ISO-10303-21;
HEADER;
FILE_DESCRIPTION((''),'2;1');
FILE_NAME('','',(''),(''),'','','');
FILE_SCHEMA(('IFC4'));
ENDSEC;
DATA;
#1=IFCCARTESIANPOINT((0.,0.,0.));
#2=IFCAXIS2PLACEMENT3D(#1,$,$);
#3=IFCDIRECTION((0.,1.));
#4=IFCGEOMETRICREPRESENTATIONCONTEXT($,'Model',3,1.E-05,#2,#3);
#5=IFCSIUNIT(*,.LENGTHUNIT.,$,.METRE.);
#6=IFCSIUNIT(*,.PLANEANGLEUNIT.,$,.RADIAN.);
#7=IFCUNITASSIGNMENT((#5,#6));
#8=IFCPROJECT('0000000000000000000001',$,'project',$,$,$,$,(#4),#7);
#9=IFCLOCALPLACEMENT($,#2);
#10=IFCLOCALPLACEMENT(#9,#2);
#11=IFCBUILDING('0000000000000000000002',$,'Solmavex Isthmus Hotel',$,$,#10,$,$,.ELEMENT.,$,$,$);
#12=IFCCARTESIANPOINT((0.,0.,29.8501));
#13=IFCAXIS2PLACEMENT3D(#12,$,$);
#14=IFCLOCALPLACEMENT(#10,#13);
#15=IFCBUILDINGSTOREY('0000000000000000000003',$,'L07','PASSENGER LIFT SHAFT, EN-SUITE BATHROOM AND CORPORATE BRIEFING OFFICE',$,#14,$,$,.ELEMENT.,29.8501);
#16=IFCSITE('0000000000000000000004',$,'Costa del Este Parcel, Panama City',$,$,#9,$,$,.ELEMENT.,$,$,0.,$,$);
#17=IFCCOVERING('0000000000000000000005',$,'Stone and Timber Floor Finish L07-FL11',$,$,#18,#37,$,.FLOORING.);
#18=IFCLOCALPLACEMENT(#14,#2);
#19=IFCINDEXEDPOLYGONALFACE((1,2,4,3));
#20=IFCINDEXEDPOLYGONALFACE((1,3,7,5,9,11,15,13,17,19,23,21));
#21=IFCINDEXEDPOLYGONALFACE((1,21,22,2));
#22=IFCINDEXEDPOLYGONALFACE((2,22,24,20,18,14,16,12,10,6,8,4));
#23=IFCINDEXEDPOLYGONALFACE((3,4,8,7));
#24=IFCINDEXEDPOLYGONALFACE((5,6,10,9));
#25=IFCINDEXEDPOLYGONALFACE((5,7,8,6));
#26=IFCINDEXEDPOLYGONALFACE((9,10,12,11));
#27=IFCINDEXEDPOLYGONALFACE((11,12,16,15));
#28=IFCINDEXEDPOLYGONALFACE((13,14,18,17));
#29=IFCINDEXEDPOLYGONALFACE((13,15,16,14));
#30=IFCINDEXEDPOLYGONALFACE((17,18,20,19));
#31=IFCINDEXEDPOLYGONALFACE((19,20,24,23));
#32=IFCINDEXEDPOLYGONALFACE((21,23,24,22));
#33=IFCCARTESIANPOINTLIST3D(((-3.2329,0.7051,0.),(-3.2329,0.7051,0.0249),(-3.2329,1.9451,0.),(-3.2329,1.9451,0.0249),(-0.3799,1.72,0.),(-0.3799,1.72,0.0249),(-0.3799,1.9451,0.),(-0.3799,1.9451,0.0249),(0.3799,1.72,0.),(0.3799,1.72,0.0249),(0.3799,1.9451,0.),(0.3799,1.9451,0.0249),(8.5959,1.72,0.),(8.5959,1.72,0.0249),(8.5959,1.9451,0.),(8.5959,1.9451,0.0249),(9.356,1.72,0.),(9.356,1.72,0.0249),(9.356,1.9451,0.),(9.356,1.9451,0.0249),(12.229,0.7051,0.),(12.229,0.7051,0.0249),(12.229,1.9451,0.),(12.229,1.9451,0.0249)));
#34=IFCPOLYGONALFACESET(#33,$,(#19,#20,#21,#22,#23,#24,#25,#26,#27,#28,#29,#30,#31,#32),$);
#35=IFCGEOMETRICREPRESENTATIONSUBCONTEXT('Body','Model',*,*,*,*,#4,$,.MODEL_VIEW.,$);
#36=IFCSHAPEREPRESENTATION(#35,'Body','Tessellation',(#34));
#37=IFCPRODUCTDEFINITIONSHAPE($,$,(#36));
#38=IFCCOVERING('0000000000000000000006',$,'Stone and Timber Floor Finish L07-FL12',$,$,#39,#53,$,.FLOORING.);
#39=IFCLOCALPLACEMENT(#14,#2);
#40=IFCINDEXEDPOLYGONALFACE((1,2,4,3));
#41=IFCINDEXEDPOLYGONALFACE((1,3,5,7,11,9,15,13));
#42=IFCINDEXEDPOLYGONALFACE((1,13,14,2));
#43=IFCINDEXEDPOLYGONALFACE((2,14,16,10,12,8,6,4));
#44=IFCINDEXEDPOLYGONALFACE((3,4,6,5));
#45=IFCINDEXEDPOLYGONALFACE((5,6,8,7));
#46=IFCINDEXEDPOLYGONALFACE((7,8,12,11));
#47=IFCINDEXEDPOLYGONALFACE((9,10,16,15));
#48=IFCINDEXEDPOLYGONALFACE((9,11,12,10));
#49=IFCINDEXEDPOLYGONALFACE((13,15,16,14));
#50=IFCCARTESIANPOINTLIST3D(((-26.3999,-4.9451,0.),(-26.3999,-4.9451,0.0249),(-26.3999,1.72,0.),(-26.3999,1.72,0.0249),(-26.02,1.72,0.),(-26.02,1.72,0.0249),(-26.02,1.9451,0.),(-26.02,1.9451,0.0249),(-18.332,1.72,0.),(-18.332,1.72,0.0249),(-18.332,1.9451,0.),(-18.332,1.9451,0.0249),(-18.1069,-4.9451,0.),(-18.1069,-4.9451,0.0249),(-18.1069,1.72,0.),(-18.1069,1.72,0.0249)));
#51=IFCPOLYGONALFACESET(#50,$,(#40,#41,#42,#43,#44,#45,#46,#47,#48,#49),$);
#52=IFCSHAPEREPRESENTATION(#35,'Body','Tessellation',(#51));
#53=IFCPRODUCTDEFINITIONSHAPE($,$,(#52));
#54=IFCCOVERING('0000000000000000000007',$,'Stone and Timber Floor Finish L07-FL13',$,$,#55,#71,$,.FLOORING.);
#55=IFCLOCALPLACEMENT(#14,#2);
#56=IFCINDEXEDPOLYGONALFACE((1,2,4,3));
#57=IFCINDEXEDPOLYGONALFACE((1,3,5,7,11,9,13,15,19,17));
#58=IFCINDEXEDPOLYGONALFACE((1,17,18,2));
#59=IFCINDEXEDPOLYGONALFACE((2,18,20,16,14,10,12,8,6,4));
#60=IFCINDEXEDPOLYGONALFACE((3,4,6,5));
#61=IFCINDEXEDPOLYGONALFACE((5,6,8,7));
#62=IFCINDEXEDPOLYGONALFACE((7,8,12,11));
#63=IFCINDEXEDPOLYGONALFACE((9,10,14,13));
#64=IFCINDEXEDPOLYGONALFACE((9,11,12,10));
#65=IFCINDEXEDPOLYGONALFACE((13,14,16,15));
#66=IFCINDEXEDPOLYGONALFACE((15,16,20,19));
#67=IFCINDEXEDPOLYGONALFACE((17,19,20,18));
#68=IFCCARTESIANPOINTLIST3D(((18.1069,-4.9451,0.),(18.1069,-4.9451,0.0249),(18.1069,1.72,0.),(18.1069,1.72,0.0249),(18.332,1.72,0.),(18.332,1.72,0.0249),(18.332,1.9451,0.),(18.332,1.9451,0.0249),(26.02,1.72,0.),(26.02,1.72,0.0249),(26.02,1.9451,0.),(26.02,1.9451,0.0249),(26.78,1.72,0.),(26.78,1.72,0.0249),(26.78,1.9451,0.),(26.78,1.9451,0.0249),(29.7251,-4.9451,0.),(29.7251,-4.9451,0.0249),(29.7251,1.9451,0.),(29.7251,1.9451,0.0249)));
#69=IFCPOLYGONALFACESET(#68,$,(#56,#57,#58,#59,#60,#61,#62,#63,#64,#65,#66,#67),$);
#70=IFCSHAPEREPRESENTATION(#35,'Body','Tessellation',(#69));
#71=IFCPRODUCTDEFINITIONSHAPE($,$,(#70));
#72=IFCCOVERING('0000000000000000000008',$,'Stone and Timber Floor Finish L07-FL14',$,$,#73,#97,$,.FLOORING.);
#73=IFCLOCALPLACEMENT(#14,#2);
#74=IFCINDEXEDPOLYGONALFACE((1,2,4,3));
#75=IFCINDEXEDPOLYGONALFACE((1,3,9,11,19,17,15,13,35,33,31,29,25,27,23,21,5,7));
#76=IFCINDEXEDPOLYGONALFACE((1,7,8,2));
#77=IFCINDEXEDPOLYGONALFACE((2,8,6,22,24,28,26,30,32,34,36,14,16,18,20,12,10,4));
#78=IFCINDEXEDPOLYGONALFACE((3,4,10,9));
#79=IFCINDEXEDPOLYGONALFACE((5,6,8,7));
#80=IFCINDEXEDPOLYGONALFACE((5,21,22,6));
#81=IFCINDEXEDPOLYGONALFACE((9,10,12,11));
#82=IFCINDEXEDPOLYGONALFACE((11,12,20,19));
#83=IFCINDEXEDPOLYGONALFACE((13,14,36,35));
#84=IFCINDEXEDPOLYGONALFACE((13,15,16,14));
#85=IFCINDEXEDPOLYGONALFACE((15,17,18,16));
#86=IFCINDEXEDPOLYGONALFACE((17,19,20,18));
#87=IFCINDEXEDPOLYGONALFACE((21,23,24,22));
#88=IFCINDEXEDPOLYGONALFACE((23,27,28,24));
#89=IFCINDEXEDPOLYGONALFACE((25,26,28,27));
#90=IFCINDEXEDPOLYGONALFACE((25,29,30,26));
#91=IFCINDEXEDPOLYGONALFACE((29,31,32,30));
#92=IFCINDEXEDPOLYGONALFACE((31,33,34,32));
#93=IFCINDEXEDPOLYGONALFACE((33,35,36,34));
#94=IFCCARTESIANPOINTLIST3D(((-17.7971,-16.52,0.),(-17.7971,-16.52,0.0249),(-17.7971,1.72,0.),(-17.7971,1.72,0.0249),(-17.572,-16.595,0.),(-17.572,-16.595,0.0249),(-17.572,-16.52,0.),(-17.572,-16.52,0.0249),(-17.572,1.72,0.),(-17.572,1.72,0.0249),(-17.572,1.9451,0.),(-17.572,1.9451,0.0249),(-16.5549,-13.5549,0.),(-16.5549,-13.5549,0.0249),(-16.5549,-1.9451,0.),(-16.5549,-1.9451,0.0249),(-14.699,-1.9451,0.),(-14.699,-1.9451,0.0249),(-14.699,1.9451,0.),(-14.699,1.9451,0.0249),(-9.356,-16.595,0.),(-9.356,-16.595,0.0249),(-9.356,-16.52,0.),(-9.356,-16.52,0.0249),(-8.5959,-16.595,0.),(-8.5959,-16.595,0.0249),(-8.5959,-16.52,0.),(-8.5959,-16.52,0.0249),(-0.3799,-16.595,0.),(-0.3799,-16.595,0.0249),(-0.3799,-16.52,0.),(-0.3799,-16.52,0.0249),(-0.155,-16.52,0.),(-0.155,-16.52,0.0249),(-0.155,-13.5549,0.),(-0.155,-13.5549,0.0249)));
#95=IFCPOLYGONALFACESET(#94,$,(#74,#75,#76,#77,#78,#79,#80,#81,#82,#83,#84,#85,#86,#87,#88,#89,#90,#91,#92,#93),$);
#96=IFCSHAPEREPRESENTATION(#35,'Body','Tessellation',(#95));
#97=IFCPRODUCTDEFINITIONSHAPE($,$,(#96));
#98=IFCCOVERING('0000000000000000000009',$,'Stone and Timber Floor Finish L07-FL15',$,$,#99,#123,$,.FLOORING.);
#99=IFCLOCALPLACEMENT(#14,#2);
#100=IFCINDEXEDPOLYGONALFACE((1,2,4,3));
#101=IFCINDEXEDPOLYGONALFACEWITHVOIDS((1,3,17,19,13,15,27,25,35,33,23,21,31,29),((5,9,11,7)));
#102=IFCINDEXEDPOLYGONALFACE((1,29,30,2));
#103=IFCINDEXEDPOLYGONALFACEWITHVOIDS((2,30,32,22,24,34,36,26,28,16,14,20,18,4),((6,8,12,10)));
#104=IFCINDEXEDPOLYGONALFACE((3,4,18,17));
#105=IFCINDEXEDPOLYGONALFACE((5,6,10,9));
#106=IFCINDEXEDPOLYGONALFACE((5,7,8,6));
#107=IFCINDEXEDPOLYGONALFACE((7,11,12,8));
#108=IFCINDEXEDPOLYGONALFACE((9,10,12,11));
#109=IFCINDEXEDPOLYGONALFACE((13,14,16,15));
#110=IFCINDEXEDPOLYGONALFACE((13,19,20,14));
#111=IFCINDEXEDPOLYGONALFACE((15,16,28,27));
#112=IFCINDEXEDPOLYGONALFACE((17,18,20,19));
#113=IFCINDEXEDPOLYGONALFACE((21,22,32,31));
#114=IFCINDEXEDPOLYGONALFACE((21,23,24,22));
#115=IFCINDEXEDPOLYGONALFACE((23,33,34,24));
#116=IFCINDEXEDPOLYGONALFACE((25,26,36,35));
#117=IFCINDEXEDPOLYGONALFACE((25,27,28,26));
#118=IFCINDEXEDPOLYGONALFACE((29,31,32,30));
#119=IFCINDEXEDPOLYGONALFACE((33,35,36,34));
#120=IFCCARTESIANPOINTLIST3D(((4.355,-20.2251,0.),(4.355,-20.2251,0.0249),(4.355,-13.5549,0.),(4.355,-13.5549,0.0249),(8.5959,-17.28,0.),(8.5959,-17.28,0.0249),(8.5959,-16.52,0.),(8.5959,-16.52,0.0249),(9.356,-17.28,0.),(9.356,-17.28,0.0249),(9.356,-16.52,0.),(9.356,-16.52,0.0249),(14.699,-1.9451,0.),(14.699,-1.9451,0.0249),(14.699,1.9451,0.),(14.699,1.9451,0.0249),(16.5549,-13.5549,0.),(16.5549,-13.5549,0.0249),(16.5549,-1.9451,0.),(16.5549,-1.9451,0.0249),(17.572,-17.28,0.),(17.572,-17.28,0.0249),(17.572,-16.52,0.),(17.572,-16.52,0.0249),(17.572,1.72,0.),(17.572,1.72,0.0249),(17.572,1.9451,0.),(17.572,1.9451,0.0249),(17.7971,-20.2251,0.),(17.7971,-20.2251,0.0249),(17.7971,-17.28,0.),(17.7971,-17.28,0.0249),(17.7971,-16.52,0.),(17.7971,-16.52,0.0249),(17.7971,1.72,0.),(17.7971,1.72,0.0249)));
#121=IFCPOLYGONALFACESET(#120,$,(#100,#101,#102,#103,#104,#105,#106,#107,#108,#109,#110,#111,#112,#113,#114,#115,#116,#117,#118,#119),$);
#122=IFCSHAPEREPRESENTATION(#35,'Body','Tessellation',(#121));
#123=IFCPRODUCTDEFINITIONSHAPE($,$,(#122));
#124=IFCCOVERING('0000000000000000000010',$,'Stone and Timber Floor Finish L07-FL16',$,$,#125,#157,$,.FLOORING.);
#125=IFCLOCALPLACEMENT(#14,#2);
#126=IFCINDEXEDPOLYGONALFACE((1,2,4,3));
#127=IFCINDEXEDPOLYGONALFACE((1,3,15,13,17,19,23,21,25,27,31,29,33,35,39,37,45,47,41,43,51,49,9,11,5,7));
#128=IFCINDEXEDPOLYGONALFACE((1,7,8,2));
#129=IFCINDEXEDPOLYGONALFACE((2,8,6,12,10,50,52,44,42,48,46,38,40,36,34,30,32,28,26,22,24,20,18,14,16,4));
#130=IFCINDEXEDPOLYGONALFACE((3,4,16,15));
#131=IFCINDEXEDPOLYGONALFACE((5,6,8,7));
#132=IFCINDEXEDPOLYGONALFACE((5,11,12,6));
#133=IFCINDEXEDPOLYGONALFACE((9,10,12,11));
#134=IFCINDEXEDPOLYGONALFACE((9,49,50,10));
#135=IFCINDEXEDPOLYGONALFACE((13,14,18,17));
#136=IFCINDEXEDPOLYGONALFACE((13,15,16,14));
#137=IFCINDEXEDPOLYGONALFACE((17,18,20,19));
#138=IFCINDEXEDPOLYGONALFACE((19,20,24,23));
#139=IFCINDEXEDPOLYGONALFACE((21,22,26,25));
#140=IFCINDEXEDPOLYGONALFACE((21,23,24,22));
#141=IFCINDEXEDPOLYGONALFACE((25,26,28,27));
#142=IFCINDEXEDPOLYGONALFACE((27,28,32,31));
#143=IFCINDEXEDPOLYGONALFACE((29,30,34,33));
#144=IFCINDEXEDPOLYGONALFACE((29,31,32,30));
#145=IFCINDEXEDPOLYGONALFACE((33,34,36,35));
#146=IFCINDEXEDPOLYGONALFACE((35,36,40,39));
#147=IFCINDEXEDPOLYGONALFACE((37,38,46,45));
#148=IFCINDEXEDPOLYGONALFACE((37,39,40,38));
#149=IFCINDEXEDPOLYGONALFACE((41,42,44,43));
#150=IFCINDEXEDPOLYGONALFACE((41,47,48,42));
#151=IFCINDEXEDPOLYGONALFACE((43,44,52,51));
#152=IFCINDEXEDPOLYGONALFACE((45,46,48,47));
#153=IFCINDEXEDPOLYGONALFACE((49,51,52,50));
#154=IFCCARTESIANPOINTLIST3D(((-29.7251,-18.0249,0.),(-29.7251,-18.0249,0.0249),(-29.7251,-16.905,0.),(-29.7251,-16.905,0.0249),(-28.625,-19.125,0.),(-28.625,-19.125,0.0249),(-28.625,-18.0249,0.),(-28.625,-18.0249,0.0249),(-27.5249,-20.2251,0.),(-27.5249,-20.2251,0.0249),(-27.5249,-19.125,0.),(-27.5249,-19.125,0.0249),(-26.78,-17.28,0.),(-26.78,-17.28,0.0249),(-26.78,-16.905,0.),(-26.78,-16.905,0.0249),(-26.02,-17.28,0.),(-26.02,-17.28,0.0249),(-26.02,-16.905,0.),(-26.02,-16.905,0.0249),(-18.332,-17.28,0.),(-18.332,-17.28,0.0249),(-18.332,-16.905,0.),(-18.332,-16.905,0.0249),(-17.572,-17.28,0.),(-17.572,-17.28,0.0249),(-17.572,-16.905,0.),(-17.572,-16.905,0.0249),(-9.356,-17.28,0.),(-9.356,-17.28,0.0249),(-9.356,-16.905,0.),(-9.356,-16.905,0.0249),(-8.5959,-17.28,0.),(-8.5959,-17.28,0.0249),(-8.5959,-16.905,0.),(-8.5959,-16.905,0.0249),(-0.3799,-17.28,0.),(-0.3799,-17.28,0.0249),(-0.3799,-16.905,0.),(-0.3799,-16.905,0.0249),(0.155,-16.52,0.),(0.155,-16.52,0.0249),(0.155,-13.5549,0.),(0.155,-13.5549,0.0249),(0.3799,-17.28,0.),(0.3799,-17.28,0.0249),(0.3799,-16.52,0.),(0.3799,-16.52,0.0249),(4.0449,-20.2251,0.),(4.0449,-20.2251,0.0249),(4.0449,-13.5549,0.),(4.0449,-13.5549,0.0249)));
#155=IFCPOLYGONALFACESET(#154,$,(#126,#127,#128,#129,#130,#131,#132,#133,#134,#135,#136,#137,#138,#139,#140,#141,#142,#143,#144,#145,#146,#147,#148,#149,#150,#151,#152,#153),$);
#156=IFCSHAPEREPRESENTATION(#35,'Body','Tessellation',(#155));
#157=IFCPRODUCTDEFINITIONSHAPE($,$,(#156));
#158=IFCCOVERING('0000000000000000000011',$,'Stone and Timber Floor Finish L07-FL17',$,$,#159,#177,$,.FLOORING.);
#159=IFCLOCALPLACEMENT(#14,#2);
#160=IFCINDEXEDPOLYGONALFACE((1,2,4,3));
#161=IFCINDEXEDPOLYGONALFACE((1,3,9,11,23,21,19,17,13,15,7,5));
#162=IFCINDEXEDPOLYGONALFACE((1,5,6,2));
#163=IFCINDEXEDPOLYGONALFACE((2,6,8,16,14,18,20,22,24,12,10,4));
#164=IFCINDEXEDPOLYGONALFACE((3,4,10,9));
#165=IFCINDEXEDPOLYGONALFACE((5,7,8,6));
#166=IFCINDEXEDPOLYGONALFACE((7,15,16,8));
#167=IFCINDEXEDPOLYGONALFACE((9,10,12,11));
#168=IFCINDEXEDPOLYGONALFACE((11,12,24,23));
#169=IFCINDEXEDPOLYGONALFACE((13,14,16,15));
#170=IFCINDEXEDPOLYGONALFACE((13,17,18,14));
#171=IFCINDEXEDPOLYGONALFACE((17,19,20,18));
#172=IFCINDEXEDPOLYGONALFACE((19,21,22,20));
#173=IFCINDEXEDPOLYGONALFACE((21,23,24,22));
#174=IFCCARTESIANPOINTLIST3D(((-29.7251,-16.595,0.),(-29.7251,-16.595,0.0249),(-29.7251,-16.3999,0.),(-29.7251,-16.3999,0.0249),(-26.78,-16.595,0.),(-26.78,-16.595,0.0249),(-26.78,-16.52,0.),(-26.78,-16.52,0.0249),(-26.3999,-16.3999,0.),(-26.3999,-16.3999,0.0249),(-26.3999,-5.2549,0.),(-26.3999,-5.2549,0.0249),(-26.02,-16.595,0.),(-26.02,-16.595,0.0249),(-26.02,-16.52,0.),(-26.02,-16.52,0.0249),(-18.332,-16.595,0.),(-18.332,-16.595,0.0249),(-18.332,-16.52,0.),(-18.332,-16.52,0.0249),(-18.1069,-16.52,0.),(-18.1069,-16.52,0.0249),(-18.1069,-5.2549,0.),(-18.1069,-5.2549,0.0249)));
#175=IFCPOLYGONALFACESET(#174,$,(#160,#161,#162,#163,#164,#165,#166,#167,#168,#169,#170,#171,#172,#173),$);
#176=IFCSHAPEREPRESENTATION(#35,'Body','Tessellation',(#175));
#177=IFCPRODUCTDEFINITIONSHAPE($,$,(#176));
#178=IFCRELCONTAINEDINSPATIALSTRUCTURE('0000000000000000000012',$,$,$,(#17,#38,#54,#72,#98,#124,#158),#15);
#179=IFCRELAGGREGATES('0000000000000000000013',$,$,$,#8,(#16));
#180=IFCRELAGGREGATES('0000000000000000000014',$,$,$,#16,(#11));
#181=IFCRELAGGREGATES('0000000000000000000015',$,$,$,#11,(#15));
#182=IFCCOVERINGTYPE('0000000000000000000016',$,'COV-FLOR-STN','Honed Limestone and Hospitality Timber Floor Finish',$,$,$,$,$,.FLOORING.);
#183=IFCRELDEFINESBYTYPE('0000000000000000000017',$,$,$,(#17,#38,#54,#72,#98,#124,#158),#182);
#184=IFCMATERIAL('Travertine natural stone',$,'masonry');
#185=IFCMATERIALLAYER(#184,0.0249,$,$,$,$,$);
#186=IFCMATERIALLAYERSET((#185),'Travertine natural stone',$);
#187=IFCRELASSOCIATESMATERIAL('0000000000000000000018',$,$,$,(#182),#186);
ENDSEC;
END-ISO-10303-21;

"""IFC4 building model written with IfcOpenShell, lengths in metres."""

from ifc_helpers import new_model, si_unit, direction, frame, origin, place, context, subcontext, project, spatial, polyline, outline, extrude, material, layer, layer_set, type_object, element, save


model = new_model("IFC4")

# Units and contexts
model_context = context("Model", 3, precision=1e-05, world=origin(), true_north=direction((0.0, 1.0)))
body_context = subcontext(model_context, "Body", "Model", "MODEL_VIEW")
ifc_project = project(units=[si_unit("LENGTHUNIT", "METRE"), si_unit("PLANEANGLEUNIT", "RADIAN")], contexts=[model_context])

# Site, building, storey
site_placement = place(None, origin())
site = spatial("IfcSite", under=ifc_project, at=site_placement, Name="Costa del Este Parcel, Panama City", CompositionType="ELEMENT", RefElevation=0.0)
building_placement = place(site_placement, origin())
building = spatial("IfcBuilding", under=site, at=building_placement, Name="Solmavex Isthmus Hotel", CompositionType="ELEMENT")
storey_placement = place(building_placement, frame((0.0, 0.0, 29.8501)))
storey = spatial("IfcBuildingStorey", under=building, at=storey_placement, Name="L07", Description="PASSENGER LIFT SHAFT, EN-SUITE BATHROOM AND CORPORATE BRIEFING OFFICE", CompositionType="ELEMENT", Elevation=29.8501)

# Coverings
ifc_material_1 = material(Name="Travertine natural stone", Category="masonry")
ifc_layer_1 = layer(ifc_material_1, 0.0249)
ifc_layer_set_1 = layer_set([ifc_layer_1], Name="Travertine natural stone")
covering_type_1 = type_object("IfcCoveringType", Name="COV-FLOR-STN", Description="Honed Limestone and Hospitality Timber Floor Finish", PredefinedType="FLOORING", material=ifc_layer_set_1)
covering_1_placement = place(storey_placement, origin())
element("IfcCovering", 1, at=covering_1_placement, inside=storey, type_object=covering_type_1, Name="Stone and Timber Floor Finish L07-FL11", PredefinedType="FLOORING", context=body_context, shape_type="SweptSolid", body=[
    extrude(outline(polyline([(0.3799, 1.9451), (0.3799, 1.72), (-0.3799, 1.72), (-0.3799, 1.9451), (-3.2329, 1.9451), (-3.2329, 0.7051), (12.229, 0.7051), (12.229, 1.9451), (9.356, 1.9451), (9.356, 1.72), (8.5959, 1.72), (8.5959, 1.9451), (0.3799, 1.9451)])), origin(), (0.0, 0.0, 1.0), 0.0249),
])
covering_2_placement = place(storey_placement, origin())
element("IfcCovering", 2, at=covering_2_placement, inside=storey, type_object=covering_type_1, Name="Stone and Timber Floor Finish L07-FL12", PredefinedType="FLOORING", context=body_context, shape_type="SweptSolid", body=[
    extrude(outline(polyline([(-26.02, 1.9451), (-26.02, 1.72), (-26.3999, 1.72), (-26.3999, -4.9451), (-18.1069, -4.9451), (-18.1069, 1.72), (-18.332, 1.72), (-18.332, 1.9451), (-26.02, 1.9451)])), origin(), (0.0, 0.0, 1.0), 0.0249),
])
covering_3_placement = place(storey_placement, origin())
element("IfcCovering", 3, at=covering_3_placement, inside=storey, type_object=covering_type_1, Name="Stone and Timber Floor Finish L07-FL13", PredefinedType="FLOORING", context=body_context, shape_type="SweptSolid", body=[
    extrude(outline(polyline([(26.78, 1.9451), (26.78, 1.72), (26.02, 1.72), (26.02, 1.9451), (18.332, 1.9451), (18.332, 1.72), (18.1069, 1.72), (18.1069, -4.9451), (29.7251, -4.9451), (29.7251, 1.9451), (26.78, 1.9451)])), origin(), (0.0, 0.0, 1.0), 0.0249),
])
covering_4_placement = place(storey_placement, origin())
element("IfcCovering", 4, at=covering_4_placement, inside=storey, type_object=covering_type_1, Name="Stone and Timber Floor Finish L07-FL14", PredefinedType="FLOORING", context=body_context, shape_type="SweptSolid", body=[
    extrude(outline(polyline([(-17.7971, -16.52), (-17.572, -16.52), (-17.572, -16.595), (-9.356, -16.595), (-9.356, -16.52), (-8.5959, -16.52), (-8.5959, -16.595), (-0.3799, -16.595), (-0.3799, -16.52), (-0.155, -16.52), (-0.155, -13.5549), (-16.5549, -13.5549), (-16.5549, -1.9451), (-14.699, -1.9451), (-14.699, 1.9451), (-17.572, 1.9451), (-17.572, 1.72), (-17.7971, 1.72), (-17.7971, -16.52)])), origin(), (0.0, 0.0, 1.0), 0.0249),
])
covering_5_placement = place(storey_placement, origin())
element("IfcCovering", 5, at=covering_5_placement, inside=storey, type_object=covering_type_1, Name="Stone and Timber Floor Finish L07-FL15", PredefinedType="FLOORING", context=body_context, shape_type="SweptSolid", body=[
    extrude(outline(polyline([(17.7971, 1.72), (17.572, 1.72), (17.572, 1.9451), (14.699, 1.9451), (14.699, -1.9451), (16.5549, -1.9451), (16.5549, -13.5549), (4.355, -13.5549), (4.355, -20.2251), (17.7971, -20.2251), (17.7971, -17.28), (17.572, -17.28), (17.572, -16.52), (17.7971, -16.52), (17.7971, 1.72)]), holes=[polyline([(8.5959, -17.28), (8.5959, -16.52), (9.356, -16.52), (9.356, -17.28), (8.5959, -17.28)])]), origin(), (0.0, 0.0, 1.0), 0.0249),
])
covering_6_placement = place(storey_placement, origin())
element("IfcCovering", 6, at=covering_6_placement, inside=storey, type_object=covering_type_1, Name="Stone and Timber Floor Finish L07-FL16", PredefinedType="FLOORING", context=body_context, shape_type="SweptSolid", body=[
    extrude(outline(polyline([(-26.02, -16.905), (-26.02, -17.28), (-26.78, -17.28), (-26.78, -16.905), (-29.7251, -16.905), (-29.7251, -18.0249), (-28.625, -18.0249), (-28.625, -19.125), (-27.5249, -19.125), (-27.5249, -20.2251), (4.0449, -20.2251), (4.0449, -13.5549), (0.155, -13.5549), (0.155, -16.52), (0.3799, -16.52), (0.3799, -17.28), (-0.3799, -17.28), (-0.3799, -16.905), (-8.5959, -16.905), (-8.5959, -17.28), (-9.356, -17.28), (-9.356, -16.905), (-17.572, -16.905), (-17.572, -17.28), (-18.332, -17.28), (-18.332, -16.905), (-26.02, -16.905)])), origin(), (0.0, 0.0, 1.0), 0.0249),
])
covering_7_placement = place(storey_placement, origin())
element("IfcCovering", 7, at=covering_7_placement, inside=storey, type_object=covering_type_1, Name="Stone and Timber Floor Finish L07-FL17", PredefinedType="FLOORING", context=body_context, shape_type="SweptSolid", body=[
    extrude(outline(polyline([(-26.78, -16.595), (-26.78, -16.52), (-26.02, -16.52), (-26.02, -16.595), (-18.332, -16.595), (-18.332, -16.52), (-18.1069, -16.52), (-18.1069, -5.2549), (-26.3999, -5.2549), (-26.3999, -16.3999), (-29.7251, -16.3999), (-29.7251, -16.595), (-26.78, -16.595)])), origin(), (0.0, 0.0, 1.0), 0.0249),
])

save(model, "model.ifc")
